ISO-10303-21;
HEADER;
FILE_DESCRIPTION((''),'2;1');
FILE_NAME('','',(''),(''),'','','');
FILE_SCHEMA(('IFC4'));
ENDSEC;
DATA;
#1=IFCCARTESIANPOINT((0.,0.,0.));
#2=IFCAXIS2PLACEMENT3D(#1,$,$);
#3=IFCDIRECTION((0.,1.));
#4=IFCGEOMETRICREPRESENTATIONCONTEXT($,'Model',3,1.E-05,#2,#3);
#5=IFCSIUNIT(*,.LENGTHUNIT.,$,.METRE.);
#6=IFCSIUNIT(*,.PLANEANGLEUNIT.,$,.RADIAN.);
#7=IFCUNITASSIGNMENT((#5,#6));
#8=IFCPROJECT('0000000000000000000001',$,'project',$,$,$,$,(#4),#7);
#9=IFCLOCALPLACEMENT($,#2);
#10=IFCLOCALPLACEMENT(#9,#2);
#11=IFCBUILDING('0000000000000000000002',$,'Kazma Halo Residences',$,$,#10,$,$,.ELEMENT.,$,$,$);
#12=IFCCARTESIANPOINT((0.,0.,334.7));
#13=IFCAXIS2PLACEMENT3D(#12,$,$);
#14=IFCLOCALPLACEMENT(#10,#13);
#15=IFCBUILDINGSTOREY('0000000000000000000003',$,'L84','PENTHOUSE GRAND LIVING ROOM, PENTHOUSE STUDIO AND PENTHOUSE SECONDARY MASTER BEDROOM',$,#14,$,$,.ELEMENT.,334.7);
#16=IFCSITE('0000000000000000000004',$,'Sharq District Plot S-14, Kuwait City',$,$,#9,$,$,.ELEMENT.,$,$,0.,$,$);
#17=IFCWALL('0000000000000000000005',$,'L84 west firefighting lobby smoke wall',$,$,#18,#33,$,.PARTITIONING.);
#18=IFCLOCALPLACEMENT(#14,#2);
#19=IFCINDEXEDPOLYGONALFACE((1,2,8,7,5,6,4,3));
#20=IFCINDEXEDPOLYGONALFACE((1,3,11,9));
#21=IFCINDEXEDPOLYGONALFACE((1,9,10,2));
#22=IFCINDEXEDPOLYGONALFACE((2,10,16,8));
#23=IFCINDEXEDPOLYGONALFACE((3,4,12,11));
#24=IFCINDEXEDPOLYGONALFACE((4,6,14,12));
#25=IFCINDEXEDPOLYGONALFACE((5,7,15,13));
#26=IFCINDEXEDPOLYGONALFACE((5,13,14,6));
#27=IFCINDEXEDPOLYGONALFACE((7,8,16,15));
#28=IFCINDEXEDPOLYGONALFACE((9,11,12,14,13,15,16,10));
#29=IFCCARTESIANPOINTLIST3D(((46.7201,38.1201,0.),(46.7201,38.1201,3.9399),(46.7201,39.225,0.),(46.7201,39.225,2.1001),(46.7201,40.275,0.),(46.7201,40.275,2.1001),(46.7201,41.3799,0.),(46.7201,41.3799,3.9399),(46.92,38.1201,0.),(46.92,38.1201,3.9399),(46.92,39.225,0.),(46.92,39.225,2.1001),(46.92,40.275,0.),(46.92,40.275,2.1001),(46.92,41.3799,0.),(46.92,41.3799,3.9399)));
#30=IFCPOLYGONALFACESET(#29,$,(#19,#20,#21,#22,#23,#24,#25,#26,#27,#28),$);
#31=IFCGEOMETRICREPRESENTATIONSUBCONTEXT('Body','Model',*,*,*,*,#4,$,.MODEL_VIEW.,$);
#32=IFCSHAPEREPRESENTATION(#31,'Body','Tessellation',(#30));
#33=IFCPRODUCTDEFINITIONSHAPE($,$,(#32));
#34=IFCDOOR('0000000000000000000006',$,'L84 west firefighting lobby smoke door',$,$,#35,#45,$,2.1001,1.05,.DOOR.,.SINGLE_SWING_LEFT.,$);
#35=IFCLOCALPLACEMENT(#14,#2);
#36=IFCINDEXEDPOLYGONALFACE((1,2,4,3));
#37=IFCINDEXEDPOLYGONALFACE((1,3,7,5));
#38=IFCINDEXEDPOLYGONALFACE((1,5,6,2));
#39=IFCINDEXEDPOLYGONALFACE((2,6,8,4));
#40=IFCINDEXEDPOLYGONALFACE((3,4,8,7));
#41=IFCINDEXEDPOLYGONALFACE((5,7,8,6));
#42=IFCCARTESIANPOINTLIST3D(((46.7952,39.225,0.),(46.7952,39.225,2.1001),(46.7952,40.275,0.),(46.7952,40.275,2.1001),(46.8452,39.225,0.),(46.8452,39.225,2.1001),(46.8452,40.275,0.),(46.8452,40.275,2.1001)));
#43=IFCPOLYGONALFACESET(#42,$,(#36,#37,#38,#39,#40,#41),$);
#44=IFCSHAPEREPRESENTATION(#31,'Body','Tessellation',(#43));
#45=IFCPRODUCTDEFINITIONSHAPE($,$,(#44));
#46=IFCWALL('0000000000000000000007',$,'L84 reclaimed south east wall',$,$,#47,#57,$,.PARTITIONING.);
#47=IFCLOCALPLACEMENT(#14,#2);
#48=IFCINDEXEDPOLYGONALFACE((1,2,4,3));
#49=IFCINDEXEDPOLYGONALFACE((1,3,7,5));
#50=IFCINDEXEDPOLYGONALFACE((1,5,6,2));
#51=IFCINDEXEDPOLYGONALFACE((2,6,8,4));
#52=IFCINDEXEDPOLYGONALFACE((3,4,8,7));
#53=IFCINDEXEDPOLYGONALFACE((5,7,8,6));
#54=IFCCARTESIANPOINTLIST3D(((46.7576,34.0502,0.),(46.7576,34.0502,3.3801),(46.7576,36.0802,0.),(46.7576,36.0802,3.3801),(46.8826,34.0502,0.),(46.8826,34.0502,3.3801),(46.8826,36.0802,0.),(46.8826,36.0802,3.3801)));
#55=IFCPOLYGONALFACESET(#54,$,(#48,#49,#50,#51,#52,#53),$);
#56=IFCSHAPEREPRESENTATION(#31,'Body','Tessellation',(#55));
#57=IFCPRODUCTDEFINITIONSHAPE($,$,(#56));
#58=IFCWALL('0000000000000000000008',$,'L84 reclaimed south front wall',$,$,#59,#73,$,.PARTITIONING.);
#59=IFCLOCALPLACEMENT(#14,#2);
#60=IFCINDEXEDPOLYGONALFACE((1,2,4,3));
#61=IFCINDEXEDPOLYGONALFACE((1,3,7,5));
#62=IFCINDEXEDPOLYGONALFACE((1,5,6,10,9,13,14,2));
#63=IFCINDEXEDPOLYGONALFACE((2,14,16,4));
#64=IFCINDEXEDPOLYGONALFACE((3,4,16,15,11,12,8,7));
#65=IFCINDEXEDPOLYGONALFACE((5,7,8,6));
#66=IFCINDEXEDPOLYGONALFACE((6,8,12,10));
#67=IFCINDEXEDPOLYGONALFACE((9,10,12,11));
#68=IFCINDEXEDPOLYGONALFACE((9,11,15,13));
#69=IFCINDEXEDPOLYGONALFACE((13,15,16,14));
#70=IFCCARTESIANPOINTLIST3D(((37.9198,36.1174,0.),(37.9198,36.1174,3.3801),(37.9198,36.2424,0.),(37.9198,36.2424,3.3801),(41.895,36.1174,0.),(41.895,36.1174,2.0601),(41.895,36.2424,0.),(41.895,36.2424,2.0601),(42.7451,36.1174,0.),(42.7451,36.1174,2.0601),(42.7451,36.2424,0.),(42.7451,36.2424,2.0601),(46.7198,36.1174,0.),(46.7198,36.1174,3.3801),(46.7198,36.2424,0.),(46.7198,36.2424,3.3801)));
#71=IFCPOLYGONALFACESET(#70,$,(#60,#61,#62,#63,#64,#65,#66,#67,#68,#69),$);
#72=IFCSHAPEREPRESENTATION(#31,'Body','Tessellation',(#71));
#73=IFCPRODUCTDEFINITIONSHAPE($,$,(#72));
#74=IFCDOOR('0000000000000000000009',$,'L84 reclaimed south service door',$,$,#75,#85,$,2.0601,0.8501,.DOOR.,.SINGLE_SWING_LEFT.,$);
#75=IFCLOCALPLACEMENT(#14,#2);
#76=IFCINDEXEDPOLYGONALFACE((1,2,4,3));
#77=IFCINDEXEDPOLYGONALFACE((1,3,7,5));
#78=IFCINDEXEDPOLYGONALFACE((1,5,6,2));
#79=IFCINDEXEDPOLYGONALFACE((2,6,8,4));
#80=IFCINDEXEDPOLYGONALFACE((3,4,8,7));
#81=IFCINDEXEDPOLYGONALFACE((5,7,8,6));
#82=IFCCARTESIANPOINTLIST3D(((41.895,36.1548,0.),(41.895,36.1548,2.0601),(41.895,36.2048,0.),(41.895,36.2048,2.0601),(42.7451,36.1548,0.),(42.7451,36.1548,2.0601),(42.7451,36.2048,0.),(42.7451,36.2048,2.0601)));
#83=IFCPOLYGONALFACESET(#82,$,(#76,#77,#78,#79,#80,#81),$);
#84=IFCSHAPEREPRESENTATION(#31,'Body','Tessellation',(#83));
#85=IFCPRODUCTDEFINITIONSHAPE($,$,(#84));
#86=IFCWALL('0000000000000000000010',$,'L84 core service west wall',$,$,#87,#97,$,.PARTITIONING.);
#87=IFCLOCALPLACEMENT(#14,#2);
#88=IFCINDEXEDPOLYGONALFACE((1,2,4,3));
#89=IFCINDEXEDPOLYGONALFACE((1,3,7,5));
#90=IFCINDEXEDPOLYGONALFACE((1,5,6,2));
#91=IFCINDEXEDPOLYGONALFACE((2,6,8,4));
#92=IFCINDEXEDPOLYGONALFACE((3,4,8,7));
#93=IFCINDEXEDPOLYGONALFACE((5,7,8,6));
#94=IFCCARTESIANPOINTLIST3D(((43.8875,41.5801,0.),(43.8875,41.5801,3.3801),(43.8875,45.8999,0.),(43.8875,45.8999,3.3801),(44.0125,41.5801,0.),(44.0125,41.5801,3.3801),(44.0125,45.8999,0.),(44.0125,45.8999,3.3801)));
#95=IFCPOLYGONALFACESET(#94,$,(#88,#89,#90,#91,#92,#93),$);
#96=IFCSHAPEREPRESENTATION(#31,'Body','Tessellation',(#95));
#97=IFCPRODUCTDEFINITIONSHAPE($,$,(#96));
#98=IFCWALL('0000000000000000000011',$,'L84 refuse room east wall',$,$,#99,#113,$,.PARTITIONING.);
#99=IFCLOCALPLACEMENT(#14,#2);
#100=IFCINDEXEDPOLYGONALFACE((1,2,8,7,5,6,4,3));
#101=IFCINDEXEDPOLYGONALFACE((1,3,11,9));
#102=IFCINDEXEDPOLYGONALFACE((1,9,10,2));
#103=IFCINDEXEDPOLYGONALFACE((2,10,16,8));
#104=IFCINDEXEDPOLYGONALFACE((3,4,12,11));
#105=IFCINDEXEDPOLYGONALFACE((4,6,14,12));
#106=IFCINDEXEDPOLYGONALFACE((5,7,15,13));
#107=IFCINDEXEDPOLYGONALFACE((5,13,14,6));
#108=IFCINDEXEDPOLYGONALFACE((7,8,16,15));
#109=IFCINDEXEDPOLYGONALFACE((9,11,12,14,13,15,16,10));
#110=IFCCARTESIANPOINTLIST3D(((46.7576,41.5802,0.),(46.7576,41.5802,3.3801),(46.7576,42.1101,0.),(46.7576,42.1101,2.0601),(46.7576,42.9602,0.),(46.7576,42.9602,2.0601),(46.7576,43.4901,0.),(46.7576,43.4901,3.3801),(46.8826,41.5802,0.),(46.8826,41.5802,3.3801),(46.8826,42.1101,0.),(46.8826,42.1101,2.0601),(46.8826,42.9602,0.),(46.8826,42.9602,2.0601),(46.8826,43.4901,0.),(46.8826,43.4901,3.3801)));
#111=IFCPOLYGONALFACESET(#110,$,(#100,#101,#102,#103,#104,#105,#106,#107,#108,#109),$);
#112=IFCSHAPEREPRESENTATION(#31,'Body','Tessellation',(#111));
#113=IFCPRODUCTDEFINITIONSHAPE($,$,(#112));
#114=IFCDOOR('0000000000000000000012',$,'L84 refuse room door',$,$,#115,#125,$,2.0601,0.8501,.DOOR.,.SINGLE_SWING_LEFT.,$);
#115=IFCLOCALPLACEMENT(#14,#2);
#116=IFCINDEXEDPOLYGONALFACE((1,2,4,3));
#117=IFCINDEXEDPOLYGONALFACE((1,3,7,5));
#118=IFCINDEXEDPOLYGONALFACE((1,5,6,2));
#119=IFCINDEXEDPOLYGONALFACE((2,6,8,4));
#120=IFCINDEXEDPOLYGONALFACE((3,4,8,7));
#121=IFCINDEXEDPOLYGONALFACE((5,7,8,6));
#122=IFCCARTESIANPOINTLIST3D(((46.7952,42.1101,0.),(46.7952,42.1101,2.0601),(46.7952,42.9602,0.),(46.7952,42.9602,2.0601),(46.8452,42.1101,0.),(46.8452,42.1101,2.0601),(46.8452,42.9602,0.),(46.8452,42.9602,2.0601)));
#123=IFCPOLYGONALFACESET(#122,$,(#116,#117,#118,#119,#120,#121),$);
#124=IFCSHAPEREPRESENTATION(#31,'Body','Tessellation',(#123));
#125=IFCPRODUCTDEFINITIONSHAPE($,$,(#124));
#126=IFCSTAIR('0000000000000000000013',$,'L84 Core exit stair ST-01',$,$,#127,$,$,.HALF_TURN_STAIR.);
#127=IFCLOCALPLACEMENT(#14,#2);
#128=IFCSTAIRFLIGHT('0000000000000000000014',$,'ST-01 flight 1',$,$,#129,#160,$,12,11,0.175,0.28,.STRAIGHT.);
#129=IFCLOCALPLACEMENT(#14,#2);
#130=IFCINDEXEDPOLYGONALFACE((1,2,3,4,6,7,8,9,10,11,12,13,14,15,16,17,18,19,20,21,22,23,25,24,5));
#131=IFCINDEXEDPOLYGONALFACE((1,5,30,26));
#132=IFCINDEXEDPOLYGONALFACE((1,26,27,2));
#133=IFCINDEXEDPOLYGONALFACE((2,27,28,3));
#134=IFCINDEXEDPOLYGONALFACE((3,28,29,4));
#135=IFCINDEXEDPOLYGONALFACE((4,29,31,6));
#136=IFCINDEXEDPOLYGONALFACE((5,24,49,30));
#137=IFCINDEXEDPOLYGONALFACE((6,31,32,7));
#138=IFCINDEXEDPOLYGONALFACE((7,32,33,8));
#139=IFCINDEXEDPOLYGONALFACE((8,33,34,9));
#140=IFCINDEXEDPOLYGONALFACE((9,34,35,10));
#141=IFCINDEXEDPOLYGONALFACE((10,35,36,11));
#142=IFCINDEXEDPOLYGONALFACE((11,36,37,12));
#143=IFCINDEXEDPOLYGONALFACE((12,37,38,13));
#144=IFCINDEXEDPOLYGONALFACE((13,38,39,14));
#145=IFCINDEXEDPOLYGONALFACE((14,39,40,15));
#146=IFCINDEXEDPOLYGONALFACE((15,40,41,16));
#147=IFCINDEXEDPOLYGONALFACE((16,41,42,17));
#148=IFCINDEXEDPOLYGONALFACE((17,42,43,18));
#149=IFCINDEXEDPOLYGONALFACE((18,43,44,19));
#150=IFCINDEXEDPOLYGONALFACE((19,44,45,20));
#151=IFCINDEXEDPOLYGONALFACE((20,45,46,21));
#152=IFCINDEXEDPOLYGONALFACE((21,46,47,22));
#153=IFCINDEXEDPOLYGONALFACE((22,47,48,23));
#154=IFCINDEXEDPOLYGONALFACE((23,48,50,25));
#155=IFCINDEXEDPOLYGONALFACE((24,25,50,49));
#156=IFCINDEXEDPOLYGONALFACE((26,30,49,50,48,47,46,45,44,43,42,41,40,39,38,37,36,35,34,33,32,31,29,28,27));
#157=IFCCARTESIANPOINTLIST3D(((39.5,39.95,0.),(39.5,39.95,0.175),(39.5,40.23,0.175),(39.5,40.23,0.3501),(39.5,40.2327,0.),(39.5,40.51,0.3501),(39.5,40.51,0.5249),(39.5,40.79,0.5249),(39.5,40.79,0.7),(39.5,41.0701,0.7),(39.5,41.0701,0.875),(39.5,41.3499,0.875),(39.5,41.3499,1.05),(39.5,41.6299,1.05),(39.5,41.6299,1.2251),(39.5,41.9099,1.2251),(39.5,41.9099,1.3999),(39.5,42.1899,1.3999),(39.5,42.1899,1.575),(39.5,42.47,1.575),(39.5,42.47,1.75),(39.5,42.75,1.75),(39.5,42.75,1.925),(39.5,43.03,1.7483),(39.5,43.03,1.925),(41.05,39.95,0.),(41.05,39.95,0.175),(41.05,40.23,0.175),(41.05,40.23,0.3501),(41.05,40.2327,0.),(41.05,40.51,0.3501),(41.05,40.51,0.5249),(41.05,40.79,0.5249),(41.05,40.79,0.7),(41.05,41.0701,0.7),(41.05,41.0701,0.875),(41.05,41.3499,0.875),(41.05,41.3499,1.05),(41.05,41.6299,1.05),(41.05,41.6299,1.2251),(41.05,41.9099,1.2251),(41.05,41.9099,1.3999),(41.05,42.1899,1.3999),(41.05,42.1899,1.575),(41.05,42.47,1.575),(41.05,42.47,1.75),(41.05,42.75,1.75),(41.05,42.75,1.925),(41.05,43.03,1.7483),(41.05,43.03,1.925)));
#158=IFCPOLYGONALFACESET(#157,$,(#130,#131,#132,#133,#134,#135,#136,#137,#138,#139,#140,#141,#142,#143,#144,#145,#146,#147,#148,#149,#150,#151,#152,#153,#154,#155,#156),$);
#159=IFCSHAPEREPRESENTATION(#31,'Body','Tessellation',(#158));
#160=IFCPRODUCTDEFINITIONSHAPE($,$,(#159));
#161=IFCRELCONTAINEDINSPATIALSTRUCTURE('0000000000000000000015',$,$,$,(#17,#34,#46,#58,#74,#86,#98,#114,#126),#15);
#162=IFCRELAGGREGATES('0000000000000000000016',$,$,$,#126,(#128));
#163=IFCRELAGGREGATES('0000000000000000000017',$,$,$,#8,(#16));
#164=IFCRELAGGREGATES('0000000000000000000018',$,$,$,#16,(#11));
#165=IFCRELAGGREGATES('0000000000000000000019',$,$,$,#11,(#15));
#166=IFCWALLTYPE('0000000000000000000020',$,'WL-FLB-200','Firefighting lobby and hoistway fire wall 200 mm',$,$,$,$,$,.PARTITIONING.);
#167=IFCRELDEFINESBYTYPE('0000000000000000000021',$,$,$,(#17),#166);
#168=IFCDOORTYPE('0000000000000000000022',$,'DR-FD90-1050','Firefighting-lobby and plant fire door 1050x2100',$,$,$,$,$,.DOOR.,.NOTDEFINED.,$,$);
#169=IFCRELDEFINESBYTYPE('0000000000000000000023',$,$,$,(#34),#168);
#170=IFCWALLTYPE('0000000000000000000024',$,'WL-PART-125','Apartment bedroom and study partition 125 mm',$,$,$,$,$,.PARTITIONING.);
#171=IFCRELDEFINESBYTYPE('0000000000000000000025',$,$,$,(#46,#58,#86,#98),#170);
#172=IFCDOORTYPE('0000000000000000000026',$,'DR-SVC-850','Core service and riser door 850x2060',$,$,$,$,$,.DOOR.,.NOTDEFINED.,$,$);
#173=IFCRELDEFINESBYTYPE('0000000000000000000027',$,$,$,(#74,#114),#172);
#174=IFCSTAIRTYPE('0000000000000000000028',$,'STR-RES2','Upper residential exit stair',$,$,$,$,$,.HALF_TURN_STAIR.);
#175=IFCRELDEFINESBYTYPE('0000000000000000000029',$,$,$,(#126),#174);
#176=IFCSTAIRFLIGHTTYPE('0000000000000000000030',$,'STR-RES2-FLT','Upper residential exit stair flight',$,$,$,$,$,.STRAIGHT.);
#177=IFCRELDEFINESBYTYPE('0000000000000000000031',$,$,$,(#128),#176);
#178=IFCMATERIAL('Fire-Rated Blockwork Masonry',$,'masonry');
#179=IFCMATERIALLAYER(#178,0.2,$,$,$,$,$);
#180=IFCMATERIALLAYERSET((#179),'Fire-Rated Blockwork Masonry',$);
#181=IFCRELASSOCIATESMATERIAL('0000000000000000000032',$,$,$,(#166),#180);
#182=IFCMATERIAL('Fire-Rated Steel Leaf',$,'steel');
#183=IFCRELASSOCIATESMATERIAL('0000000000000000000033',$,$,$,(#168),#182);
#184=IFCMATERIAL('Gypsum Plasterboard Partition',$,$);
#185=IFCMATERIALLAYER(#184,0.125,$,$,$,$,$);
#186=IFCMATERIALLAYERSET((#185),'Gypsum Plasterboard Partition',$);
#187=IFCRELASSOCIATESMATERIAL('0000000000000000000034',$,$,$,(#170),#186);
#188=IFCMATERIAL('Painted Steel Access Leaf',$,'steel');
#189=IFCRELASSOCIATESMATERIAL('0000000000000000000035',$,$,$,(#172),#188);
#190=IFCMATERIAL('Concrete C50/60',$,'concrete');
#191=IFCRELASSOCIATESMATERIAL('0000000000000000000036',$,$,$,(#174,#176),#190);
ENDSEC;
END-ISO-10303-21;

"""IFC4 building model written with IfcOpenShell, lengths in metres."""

from ifc_helpers import new_model, si_unit, direction, frame, frame_2d, origin, place, context, subcontext, project, spatial, polyline, rectangle, outline, extrude, material, layer, layer_set, type_object, element, fill, aggregate, save


model = new_model("IFC4")

# Units and contexts
model_context = context("Model", 3, precision=1e-05, world=origin(), true_north=direction((0.0, 1.0)))
body_context = subcontext(model_context, "Body", "Model", "MODEL_VIEW")
ifc_project = project(units=[si_unit("LENGTHUNIT", "METRE"), si_unit("PLANEANGLEUNIT", "RADIAN")], contexts=[model_context])

# Site, building, storey
site_placement = place(None, origin())
site = spatial("IfcSite", under=ifc_project, at=site_placement, Name="Sharq District Plot S-14, Kuwait City", CompositionType="ELEMENT", RefElevation=0.0)
building_placement = place(site_placement, origin())
building = spatial("IfcBuilding", under=site, at=building_placement, Name="Kazma Halo Residences", CompositionType="ELEMENT")
storey_placement = place(building_placement, frame((0.0, 0.0, 334.7)))
storey = spatial("IfcBuildingStorey", under=building, at=storey_placement, Name="L84", Description="PENTHOUSE GRAND LIVING ROOM, PENTHOUSE STUDIO AND PENTHOUSE SECONDARY MASTER BEDROOM", CompositionType="ELEMENT", Elevation=334.7)

# Shared definitions
ifc_material_1 = material(Name="Fire-Rated Blockwork Masonry", Category="masonry")
ifc_layer_1 = layer(ifc_material_1, 0.2)
ifc_layer_set_1 = layer_set([ifc_layer_1], Name="Fire-Rated Blockwork Masonry")
wall_type_1 = type_object("IfcWallType", Name="WL-FLB-200", Description="Firefighting lobby and hoistway fire wall 200 mm", PredefinedType="PARTITIONING", material=ifc_layer_set_1)

# Wall, opening, door
wall_1_placement = place(storey_placement, frame((46.8201, 38.1201, 0.0), z_axis=(0.0, 0.0, 1.0), x_axis=(0.0, 1.0, 0.0)))
wall_1 = element("IfcWall", 1, at=wall_1_placement, inside=storey, type_object=wall_type_1, Name="L84 west firefighting lobby smoke wall", PredefinedType="PARTITIONING", context=body_context, shape_type="SweptSolid", body=[
    extrude(rectangle(XDim=3.2598, YDim=0.2, at=frame_2d((1.6299, 0.0))), origin(), (0.0, 0.0, 1.0), 3.9399),
])
opening_1_placement = place(wall_1_placement, frame((1.105, 0.0, 0.0)))
opening_1 = element("IfcOpeningElement", 2, at=opening_1_placement, cuts=wall_1, PredefinedType="OPENING", context=body_context, shape_type="SweptSolid", body=[
    extrude(rectangle(XDim=1.05, YDim=2.1001, at=frame_2d((0.5249, 1.05))), frame((0.0, 0.1099, 0.0), z_axis=(0.0, -1.0, 0.0), x_axis=(1.0, 0.0, 0.0)), (0.0, 0.0, 1.0), 0.22),
])
ifc_material_2 = material(Name="Fire-Rated Steel Leaf", Category="steel")
door_type_1 = type_object("IfcDoorType", Name="DR-FD90-1050", Description="Firefighting-lobby and plant fire door 1050x2100", OperationType="NOTDEFINED", PredefinedType="DOOR", material=ifc_material_2)
door_1_placement = place(opening_1_placement, origin())
door_1 = element("IfcDoor", 3, at=door_1_placement, inside=storey, type_object=door_type_1, Name="L84 west firefighting lobby smoke door", OperationType="SINGLE_SWING_LEFT", OverallHeight=2.1001, OverallWidth=1.05, PredefinedType="DOOR", context=body_context, shape_type="SweptSolid", body=[
    extrude(rectangle(XDim=1.05, YDim=2.1001, at=frame_2d((0.5249, 1.05))), frame((0.0, 0.0249, 0.0), z_axis=(0.0, -1.0, 0.0), x_axis=(1.0, 0.0, 0.0)), (0.0, 0.0, 1.0), 0.05),
])
fill(opening_1, door_1)

# Wall
ifc_material_3 = material(Name="Gypsum Plasterboard Partition")
ifc_layer_2 = layer(ifc_material_3, 0.125)
ifc_layer_set_2 = layer_set([ifc_layer_2], Name="Gypsum Plasterboard Partition")
wall_type_2 = type_object("IfcWallType", Name="WL-PART-125", Description="Apartment bedroom and study partition 125 mm", PredefinedType="PARTITIONING", material=ifc_layer_set_2)
wall_2_placement = place(storey_placement, frame((46.8201, 34.05, 0.0), z_axis=(0.0, 0.0, 1.0), x_axis=(0.0, 1.0, 0.0)))
element("IfcWall", 4, at=wall_2_placement, inside=storey, type_object=wall_type_2, Name="L84 reclaimed south east wall", PredefinedType="PARTITIONING", context=body_context, shape_type="SweptSolid", body=[
    extrude(rectangle(XDim=2.03, YDim=0.125, at=frame_2d((1.0151, 0.0))), origin(), (0.0, 0.0, 1.0), 3.3801),
])

# Wall, opening, door
wall_3_placement = place(storey_placement, frame((37.9199, 36.1799, 0.0), z_axis=(0.0, 0.0, 1.0), x_axis=(1.0, 0.0, 0.0)))
wall_3 = element("IfcWall", 5, at=wall_3_placement, inside=storey, type_object=wall_type_2, Name="L84 reclaimed south front wall", PredefinedType="PARTITIONING", context=body_context, shape_type="SweptSolid", body=[
    extrude(rectangle(XDim=8.8, YDim=0.125, at=frame_2d((4.3999, 0.0))), origin(), (0.0, 0.0, 1.0), 3.3801),
])
opening_2_placement = place(wall_3_placement, frame((3.9751, 0.0, 0.0)))
opening_2 = element("IfcOpeningElement", 6, at=opening_2_placement, cuts=wall_3, PredefinedType="OPENING", context=body_context, shape_type="SweptSolid", body=[
    extrude(rectangle(XDim=0.8501, YDim=2.0601, at=frame_2d((0.425, 1.03))), frame((0.0, 0.0725, 0.0), z_axis=(0.0, -1.0, 0.0), x_axis=(1.0, 0.0, 0.0)), (0.0, 0.0, 1.0), 0.145),
])
ifc_material_4 = material(Name="Painted Steel Access Leaf", Category="steel")
door_type_2 = type_object("IfcDoorType", Name="DR-SVC-850", Description="Core service and riser door 850x2060", OperationType="NOTDEFINED", PredefinedType="DOOR", material=ifc_material_4)
door_2_placement = place(opening_2_placement, origin())
door_2 = element("IfcDoor", 7, at=door_2_placement, inside=storey, type_object=door_type_2, Name="L84 reclaimed south service door", OperationType="SINGLE_SWING_LEFT", OverallHeight=2.0601, OverallWidth=0.8501, PredefinedType="DOOR", context=body_context, shape_type="SweptSolid", body=[
    extrude(rectangle(XDim=0.8501, YDim=2.0601, at=frame_2d((0.425, 1.03))), frame((0.0, 0.0249, 0.0), z_axis=(0.0, -1.0, 0.0), x_axis=(1.0, 0.0, 0.0)), (0.0, 0.0, 1.0), 0.05),
])
fill(opening_2, door_2)

# Wall
wall_4_placement = place(storey_placement, frame((43.95, 41.5801, 0.0), z_axis=(0.0, 0.0, 1.0), x_axis=(0.0, 1.0, 0.0)))
element("IfcWall", 8, at=wall_4_placement, inside=storey, type_object=wall_type_2, Name="L84 core service west wall", PredefinedType="PARTITIONING", context=body_context, shape_type="SweptSolid", body=[
    extrude(rectangle(XDim=4.3198, YDim=0.125, at=frame_2d((2.1599, 0.0))), origin(), (0.0, 0.0, 1.0), 3.3801),
])

# Wall, opening, door
wall_5_placement = place(storey_placement, frame((46.8201, 41.5801, 0.0), z_axis=(0.0, 0.0, 1.0), x_axis=(0.0, 1.0, 0.0)))
wall_5 = element("IfcWall", 9, at=wall_5_placement, inside=storey, type_object=wall_type_2, Name="L84 refuse room east wall", PredefinedType="PARTITIONING", context=body_context, shape_type="SweptSolid", body=[
    extrude(rectangle(XDim=1.9099, YDim=0.125, at=frame_2d((0.9551, 0.0))), origin(), (0.0, 0.0, 1.0), 3.3801),
])
opening_3_placement = place(wall_5_placement, frame((0.53, 0.0, 0.0)))
opening_3 = element("IfcOpeningElement", 10, at=opening_3_placement, cuts=wall_5, PredefinedType="OPENING", context=body_context, shape_type="SweptSolid", body=[
    extrude(rectangle(XDim=0.8501, YDim=2.0601, at=frame_2d((0.425, 1.03))), frame((0.0, 0.0725, 0.0), z_axis=(0.0, -1.0, 0.0), x_axis=(1.0, 0.0, 0.0)), (0.0, 0.0, 1.0), 0.145),
])
door_3_placement = place(opening_3_placement, origin())
door_3 = element("IfcDoor", 11, at=door_3_placement, inside=storey, type_object=door_type_2, Name="L84 refuse room door", OperationType="SINGLE_SWING_LEFT", OverallHeight=2.0601, OverallWidth=0.8501, PredefinedType="DOOR", context=body_context, shape_type="SweptSolid", body=[
    extrude(rectangle(XDim=0.8501, YDim=2.0601, at=frame_2d((0.425, 1.03))), frame((0.0, 0.0249, 0.0), z_axis=(0.0, -1.0, 0.0), x_axis=(1.0, 0.0, 0.0)), (0.0, 0.0, 1.0), 0.05),
])
fill(opening_3, door_3)
ifc_material_5 = material(Name="Concrete C50/60", Category="concrete")

# Stair, stair flight
stair_type = type_object("IfcStairType", Name="STR-RES2", Description="Upper residential exit stair", PredefinedType="HALF_TURN_STAIR", material=ifc_material_5)
stair_placement = place(storey_placement, origin())
stair = element("IfcStair", 12, at=stair_placement, inside=storey, type_object=stair_type, Name="L84 Core exit stair ST-01", PredefinedType="HALF_TURN_STAIR")
stair_flight_type = type_object("IfcStairFlightType", Name="STR-RES2-FLT", Description="Upper residential exit stair flight", PredefinedType="STRAIGHT", material=ifc_material_5)
stair_flight_placement = place(storey_placement, frame((40.2749, 39.95, 0.0), z_axis=(0.0, 0.0, 1.0), x_axis=(0.0, 1.0, 0.0)))
stair_flight = element("IfcStairFlight", 13, at=stair_flight_placement, type_object=stair_flight_type, Name="ST-01 flight 1", NumberOfRisers=12, NumberOfTreads=11, PredefinedType="STRAIGHT", RiserHeight=0.175, TreadLength=0.28, context=body_context, shape_type="SweptSolid", body=[
    extrude(outline(polyline([(0.0, 0.0), (0.0, 0.175), (0.28, 0.175), (0.28, 0.3501), (0.5601, 0.3501), (0.5601, 0.5249), (0.8401, 0.5249), (0.8401, 0.7), (1.1201, 0.7), (1.1201, 0.875), (1.3999, 0.875), (1.3999, 1.05), (1.6799, 1.05), (1.6799, 1.2251), (1.96, 1.2251), (1.96, 1.3999), (2.24, 1.3999), (2.24, 1.575), (2.52, 1.575), (2.52, 1.75), (2.8, 1.75), (2.8, 1.925), (3.0801, 1.925), (3.0801, 2.1001), (3.0801, 1.7483), (0.2827, 0.0), (0.0, 0.0)])), frame((0.0, 0.7749, 0.0), z_axis=(0.0, -1.0, 0.0), x_axis=(1.0, 0.0, 0.0)), (0.0, 0.0, 1.0), 1.55),
])
aggregate(stair, [stair_flight])

save(model, "model.ifc")
